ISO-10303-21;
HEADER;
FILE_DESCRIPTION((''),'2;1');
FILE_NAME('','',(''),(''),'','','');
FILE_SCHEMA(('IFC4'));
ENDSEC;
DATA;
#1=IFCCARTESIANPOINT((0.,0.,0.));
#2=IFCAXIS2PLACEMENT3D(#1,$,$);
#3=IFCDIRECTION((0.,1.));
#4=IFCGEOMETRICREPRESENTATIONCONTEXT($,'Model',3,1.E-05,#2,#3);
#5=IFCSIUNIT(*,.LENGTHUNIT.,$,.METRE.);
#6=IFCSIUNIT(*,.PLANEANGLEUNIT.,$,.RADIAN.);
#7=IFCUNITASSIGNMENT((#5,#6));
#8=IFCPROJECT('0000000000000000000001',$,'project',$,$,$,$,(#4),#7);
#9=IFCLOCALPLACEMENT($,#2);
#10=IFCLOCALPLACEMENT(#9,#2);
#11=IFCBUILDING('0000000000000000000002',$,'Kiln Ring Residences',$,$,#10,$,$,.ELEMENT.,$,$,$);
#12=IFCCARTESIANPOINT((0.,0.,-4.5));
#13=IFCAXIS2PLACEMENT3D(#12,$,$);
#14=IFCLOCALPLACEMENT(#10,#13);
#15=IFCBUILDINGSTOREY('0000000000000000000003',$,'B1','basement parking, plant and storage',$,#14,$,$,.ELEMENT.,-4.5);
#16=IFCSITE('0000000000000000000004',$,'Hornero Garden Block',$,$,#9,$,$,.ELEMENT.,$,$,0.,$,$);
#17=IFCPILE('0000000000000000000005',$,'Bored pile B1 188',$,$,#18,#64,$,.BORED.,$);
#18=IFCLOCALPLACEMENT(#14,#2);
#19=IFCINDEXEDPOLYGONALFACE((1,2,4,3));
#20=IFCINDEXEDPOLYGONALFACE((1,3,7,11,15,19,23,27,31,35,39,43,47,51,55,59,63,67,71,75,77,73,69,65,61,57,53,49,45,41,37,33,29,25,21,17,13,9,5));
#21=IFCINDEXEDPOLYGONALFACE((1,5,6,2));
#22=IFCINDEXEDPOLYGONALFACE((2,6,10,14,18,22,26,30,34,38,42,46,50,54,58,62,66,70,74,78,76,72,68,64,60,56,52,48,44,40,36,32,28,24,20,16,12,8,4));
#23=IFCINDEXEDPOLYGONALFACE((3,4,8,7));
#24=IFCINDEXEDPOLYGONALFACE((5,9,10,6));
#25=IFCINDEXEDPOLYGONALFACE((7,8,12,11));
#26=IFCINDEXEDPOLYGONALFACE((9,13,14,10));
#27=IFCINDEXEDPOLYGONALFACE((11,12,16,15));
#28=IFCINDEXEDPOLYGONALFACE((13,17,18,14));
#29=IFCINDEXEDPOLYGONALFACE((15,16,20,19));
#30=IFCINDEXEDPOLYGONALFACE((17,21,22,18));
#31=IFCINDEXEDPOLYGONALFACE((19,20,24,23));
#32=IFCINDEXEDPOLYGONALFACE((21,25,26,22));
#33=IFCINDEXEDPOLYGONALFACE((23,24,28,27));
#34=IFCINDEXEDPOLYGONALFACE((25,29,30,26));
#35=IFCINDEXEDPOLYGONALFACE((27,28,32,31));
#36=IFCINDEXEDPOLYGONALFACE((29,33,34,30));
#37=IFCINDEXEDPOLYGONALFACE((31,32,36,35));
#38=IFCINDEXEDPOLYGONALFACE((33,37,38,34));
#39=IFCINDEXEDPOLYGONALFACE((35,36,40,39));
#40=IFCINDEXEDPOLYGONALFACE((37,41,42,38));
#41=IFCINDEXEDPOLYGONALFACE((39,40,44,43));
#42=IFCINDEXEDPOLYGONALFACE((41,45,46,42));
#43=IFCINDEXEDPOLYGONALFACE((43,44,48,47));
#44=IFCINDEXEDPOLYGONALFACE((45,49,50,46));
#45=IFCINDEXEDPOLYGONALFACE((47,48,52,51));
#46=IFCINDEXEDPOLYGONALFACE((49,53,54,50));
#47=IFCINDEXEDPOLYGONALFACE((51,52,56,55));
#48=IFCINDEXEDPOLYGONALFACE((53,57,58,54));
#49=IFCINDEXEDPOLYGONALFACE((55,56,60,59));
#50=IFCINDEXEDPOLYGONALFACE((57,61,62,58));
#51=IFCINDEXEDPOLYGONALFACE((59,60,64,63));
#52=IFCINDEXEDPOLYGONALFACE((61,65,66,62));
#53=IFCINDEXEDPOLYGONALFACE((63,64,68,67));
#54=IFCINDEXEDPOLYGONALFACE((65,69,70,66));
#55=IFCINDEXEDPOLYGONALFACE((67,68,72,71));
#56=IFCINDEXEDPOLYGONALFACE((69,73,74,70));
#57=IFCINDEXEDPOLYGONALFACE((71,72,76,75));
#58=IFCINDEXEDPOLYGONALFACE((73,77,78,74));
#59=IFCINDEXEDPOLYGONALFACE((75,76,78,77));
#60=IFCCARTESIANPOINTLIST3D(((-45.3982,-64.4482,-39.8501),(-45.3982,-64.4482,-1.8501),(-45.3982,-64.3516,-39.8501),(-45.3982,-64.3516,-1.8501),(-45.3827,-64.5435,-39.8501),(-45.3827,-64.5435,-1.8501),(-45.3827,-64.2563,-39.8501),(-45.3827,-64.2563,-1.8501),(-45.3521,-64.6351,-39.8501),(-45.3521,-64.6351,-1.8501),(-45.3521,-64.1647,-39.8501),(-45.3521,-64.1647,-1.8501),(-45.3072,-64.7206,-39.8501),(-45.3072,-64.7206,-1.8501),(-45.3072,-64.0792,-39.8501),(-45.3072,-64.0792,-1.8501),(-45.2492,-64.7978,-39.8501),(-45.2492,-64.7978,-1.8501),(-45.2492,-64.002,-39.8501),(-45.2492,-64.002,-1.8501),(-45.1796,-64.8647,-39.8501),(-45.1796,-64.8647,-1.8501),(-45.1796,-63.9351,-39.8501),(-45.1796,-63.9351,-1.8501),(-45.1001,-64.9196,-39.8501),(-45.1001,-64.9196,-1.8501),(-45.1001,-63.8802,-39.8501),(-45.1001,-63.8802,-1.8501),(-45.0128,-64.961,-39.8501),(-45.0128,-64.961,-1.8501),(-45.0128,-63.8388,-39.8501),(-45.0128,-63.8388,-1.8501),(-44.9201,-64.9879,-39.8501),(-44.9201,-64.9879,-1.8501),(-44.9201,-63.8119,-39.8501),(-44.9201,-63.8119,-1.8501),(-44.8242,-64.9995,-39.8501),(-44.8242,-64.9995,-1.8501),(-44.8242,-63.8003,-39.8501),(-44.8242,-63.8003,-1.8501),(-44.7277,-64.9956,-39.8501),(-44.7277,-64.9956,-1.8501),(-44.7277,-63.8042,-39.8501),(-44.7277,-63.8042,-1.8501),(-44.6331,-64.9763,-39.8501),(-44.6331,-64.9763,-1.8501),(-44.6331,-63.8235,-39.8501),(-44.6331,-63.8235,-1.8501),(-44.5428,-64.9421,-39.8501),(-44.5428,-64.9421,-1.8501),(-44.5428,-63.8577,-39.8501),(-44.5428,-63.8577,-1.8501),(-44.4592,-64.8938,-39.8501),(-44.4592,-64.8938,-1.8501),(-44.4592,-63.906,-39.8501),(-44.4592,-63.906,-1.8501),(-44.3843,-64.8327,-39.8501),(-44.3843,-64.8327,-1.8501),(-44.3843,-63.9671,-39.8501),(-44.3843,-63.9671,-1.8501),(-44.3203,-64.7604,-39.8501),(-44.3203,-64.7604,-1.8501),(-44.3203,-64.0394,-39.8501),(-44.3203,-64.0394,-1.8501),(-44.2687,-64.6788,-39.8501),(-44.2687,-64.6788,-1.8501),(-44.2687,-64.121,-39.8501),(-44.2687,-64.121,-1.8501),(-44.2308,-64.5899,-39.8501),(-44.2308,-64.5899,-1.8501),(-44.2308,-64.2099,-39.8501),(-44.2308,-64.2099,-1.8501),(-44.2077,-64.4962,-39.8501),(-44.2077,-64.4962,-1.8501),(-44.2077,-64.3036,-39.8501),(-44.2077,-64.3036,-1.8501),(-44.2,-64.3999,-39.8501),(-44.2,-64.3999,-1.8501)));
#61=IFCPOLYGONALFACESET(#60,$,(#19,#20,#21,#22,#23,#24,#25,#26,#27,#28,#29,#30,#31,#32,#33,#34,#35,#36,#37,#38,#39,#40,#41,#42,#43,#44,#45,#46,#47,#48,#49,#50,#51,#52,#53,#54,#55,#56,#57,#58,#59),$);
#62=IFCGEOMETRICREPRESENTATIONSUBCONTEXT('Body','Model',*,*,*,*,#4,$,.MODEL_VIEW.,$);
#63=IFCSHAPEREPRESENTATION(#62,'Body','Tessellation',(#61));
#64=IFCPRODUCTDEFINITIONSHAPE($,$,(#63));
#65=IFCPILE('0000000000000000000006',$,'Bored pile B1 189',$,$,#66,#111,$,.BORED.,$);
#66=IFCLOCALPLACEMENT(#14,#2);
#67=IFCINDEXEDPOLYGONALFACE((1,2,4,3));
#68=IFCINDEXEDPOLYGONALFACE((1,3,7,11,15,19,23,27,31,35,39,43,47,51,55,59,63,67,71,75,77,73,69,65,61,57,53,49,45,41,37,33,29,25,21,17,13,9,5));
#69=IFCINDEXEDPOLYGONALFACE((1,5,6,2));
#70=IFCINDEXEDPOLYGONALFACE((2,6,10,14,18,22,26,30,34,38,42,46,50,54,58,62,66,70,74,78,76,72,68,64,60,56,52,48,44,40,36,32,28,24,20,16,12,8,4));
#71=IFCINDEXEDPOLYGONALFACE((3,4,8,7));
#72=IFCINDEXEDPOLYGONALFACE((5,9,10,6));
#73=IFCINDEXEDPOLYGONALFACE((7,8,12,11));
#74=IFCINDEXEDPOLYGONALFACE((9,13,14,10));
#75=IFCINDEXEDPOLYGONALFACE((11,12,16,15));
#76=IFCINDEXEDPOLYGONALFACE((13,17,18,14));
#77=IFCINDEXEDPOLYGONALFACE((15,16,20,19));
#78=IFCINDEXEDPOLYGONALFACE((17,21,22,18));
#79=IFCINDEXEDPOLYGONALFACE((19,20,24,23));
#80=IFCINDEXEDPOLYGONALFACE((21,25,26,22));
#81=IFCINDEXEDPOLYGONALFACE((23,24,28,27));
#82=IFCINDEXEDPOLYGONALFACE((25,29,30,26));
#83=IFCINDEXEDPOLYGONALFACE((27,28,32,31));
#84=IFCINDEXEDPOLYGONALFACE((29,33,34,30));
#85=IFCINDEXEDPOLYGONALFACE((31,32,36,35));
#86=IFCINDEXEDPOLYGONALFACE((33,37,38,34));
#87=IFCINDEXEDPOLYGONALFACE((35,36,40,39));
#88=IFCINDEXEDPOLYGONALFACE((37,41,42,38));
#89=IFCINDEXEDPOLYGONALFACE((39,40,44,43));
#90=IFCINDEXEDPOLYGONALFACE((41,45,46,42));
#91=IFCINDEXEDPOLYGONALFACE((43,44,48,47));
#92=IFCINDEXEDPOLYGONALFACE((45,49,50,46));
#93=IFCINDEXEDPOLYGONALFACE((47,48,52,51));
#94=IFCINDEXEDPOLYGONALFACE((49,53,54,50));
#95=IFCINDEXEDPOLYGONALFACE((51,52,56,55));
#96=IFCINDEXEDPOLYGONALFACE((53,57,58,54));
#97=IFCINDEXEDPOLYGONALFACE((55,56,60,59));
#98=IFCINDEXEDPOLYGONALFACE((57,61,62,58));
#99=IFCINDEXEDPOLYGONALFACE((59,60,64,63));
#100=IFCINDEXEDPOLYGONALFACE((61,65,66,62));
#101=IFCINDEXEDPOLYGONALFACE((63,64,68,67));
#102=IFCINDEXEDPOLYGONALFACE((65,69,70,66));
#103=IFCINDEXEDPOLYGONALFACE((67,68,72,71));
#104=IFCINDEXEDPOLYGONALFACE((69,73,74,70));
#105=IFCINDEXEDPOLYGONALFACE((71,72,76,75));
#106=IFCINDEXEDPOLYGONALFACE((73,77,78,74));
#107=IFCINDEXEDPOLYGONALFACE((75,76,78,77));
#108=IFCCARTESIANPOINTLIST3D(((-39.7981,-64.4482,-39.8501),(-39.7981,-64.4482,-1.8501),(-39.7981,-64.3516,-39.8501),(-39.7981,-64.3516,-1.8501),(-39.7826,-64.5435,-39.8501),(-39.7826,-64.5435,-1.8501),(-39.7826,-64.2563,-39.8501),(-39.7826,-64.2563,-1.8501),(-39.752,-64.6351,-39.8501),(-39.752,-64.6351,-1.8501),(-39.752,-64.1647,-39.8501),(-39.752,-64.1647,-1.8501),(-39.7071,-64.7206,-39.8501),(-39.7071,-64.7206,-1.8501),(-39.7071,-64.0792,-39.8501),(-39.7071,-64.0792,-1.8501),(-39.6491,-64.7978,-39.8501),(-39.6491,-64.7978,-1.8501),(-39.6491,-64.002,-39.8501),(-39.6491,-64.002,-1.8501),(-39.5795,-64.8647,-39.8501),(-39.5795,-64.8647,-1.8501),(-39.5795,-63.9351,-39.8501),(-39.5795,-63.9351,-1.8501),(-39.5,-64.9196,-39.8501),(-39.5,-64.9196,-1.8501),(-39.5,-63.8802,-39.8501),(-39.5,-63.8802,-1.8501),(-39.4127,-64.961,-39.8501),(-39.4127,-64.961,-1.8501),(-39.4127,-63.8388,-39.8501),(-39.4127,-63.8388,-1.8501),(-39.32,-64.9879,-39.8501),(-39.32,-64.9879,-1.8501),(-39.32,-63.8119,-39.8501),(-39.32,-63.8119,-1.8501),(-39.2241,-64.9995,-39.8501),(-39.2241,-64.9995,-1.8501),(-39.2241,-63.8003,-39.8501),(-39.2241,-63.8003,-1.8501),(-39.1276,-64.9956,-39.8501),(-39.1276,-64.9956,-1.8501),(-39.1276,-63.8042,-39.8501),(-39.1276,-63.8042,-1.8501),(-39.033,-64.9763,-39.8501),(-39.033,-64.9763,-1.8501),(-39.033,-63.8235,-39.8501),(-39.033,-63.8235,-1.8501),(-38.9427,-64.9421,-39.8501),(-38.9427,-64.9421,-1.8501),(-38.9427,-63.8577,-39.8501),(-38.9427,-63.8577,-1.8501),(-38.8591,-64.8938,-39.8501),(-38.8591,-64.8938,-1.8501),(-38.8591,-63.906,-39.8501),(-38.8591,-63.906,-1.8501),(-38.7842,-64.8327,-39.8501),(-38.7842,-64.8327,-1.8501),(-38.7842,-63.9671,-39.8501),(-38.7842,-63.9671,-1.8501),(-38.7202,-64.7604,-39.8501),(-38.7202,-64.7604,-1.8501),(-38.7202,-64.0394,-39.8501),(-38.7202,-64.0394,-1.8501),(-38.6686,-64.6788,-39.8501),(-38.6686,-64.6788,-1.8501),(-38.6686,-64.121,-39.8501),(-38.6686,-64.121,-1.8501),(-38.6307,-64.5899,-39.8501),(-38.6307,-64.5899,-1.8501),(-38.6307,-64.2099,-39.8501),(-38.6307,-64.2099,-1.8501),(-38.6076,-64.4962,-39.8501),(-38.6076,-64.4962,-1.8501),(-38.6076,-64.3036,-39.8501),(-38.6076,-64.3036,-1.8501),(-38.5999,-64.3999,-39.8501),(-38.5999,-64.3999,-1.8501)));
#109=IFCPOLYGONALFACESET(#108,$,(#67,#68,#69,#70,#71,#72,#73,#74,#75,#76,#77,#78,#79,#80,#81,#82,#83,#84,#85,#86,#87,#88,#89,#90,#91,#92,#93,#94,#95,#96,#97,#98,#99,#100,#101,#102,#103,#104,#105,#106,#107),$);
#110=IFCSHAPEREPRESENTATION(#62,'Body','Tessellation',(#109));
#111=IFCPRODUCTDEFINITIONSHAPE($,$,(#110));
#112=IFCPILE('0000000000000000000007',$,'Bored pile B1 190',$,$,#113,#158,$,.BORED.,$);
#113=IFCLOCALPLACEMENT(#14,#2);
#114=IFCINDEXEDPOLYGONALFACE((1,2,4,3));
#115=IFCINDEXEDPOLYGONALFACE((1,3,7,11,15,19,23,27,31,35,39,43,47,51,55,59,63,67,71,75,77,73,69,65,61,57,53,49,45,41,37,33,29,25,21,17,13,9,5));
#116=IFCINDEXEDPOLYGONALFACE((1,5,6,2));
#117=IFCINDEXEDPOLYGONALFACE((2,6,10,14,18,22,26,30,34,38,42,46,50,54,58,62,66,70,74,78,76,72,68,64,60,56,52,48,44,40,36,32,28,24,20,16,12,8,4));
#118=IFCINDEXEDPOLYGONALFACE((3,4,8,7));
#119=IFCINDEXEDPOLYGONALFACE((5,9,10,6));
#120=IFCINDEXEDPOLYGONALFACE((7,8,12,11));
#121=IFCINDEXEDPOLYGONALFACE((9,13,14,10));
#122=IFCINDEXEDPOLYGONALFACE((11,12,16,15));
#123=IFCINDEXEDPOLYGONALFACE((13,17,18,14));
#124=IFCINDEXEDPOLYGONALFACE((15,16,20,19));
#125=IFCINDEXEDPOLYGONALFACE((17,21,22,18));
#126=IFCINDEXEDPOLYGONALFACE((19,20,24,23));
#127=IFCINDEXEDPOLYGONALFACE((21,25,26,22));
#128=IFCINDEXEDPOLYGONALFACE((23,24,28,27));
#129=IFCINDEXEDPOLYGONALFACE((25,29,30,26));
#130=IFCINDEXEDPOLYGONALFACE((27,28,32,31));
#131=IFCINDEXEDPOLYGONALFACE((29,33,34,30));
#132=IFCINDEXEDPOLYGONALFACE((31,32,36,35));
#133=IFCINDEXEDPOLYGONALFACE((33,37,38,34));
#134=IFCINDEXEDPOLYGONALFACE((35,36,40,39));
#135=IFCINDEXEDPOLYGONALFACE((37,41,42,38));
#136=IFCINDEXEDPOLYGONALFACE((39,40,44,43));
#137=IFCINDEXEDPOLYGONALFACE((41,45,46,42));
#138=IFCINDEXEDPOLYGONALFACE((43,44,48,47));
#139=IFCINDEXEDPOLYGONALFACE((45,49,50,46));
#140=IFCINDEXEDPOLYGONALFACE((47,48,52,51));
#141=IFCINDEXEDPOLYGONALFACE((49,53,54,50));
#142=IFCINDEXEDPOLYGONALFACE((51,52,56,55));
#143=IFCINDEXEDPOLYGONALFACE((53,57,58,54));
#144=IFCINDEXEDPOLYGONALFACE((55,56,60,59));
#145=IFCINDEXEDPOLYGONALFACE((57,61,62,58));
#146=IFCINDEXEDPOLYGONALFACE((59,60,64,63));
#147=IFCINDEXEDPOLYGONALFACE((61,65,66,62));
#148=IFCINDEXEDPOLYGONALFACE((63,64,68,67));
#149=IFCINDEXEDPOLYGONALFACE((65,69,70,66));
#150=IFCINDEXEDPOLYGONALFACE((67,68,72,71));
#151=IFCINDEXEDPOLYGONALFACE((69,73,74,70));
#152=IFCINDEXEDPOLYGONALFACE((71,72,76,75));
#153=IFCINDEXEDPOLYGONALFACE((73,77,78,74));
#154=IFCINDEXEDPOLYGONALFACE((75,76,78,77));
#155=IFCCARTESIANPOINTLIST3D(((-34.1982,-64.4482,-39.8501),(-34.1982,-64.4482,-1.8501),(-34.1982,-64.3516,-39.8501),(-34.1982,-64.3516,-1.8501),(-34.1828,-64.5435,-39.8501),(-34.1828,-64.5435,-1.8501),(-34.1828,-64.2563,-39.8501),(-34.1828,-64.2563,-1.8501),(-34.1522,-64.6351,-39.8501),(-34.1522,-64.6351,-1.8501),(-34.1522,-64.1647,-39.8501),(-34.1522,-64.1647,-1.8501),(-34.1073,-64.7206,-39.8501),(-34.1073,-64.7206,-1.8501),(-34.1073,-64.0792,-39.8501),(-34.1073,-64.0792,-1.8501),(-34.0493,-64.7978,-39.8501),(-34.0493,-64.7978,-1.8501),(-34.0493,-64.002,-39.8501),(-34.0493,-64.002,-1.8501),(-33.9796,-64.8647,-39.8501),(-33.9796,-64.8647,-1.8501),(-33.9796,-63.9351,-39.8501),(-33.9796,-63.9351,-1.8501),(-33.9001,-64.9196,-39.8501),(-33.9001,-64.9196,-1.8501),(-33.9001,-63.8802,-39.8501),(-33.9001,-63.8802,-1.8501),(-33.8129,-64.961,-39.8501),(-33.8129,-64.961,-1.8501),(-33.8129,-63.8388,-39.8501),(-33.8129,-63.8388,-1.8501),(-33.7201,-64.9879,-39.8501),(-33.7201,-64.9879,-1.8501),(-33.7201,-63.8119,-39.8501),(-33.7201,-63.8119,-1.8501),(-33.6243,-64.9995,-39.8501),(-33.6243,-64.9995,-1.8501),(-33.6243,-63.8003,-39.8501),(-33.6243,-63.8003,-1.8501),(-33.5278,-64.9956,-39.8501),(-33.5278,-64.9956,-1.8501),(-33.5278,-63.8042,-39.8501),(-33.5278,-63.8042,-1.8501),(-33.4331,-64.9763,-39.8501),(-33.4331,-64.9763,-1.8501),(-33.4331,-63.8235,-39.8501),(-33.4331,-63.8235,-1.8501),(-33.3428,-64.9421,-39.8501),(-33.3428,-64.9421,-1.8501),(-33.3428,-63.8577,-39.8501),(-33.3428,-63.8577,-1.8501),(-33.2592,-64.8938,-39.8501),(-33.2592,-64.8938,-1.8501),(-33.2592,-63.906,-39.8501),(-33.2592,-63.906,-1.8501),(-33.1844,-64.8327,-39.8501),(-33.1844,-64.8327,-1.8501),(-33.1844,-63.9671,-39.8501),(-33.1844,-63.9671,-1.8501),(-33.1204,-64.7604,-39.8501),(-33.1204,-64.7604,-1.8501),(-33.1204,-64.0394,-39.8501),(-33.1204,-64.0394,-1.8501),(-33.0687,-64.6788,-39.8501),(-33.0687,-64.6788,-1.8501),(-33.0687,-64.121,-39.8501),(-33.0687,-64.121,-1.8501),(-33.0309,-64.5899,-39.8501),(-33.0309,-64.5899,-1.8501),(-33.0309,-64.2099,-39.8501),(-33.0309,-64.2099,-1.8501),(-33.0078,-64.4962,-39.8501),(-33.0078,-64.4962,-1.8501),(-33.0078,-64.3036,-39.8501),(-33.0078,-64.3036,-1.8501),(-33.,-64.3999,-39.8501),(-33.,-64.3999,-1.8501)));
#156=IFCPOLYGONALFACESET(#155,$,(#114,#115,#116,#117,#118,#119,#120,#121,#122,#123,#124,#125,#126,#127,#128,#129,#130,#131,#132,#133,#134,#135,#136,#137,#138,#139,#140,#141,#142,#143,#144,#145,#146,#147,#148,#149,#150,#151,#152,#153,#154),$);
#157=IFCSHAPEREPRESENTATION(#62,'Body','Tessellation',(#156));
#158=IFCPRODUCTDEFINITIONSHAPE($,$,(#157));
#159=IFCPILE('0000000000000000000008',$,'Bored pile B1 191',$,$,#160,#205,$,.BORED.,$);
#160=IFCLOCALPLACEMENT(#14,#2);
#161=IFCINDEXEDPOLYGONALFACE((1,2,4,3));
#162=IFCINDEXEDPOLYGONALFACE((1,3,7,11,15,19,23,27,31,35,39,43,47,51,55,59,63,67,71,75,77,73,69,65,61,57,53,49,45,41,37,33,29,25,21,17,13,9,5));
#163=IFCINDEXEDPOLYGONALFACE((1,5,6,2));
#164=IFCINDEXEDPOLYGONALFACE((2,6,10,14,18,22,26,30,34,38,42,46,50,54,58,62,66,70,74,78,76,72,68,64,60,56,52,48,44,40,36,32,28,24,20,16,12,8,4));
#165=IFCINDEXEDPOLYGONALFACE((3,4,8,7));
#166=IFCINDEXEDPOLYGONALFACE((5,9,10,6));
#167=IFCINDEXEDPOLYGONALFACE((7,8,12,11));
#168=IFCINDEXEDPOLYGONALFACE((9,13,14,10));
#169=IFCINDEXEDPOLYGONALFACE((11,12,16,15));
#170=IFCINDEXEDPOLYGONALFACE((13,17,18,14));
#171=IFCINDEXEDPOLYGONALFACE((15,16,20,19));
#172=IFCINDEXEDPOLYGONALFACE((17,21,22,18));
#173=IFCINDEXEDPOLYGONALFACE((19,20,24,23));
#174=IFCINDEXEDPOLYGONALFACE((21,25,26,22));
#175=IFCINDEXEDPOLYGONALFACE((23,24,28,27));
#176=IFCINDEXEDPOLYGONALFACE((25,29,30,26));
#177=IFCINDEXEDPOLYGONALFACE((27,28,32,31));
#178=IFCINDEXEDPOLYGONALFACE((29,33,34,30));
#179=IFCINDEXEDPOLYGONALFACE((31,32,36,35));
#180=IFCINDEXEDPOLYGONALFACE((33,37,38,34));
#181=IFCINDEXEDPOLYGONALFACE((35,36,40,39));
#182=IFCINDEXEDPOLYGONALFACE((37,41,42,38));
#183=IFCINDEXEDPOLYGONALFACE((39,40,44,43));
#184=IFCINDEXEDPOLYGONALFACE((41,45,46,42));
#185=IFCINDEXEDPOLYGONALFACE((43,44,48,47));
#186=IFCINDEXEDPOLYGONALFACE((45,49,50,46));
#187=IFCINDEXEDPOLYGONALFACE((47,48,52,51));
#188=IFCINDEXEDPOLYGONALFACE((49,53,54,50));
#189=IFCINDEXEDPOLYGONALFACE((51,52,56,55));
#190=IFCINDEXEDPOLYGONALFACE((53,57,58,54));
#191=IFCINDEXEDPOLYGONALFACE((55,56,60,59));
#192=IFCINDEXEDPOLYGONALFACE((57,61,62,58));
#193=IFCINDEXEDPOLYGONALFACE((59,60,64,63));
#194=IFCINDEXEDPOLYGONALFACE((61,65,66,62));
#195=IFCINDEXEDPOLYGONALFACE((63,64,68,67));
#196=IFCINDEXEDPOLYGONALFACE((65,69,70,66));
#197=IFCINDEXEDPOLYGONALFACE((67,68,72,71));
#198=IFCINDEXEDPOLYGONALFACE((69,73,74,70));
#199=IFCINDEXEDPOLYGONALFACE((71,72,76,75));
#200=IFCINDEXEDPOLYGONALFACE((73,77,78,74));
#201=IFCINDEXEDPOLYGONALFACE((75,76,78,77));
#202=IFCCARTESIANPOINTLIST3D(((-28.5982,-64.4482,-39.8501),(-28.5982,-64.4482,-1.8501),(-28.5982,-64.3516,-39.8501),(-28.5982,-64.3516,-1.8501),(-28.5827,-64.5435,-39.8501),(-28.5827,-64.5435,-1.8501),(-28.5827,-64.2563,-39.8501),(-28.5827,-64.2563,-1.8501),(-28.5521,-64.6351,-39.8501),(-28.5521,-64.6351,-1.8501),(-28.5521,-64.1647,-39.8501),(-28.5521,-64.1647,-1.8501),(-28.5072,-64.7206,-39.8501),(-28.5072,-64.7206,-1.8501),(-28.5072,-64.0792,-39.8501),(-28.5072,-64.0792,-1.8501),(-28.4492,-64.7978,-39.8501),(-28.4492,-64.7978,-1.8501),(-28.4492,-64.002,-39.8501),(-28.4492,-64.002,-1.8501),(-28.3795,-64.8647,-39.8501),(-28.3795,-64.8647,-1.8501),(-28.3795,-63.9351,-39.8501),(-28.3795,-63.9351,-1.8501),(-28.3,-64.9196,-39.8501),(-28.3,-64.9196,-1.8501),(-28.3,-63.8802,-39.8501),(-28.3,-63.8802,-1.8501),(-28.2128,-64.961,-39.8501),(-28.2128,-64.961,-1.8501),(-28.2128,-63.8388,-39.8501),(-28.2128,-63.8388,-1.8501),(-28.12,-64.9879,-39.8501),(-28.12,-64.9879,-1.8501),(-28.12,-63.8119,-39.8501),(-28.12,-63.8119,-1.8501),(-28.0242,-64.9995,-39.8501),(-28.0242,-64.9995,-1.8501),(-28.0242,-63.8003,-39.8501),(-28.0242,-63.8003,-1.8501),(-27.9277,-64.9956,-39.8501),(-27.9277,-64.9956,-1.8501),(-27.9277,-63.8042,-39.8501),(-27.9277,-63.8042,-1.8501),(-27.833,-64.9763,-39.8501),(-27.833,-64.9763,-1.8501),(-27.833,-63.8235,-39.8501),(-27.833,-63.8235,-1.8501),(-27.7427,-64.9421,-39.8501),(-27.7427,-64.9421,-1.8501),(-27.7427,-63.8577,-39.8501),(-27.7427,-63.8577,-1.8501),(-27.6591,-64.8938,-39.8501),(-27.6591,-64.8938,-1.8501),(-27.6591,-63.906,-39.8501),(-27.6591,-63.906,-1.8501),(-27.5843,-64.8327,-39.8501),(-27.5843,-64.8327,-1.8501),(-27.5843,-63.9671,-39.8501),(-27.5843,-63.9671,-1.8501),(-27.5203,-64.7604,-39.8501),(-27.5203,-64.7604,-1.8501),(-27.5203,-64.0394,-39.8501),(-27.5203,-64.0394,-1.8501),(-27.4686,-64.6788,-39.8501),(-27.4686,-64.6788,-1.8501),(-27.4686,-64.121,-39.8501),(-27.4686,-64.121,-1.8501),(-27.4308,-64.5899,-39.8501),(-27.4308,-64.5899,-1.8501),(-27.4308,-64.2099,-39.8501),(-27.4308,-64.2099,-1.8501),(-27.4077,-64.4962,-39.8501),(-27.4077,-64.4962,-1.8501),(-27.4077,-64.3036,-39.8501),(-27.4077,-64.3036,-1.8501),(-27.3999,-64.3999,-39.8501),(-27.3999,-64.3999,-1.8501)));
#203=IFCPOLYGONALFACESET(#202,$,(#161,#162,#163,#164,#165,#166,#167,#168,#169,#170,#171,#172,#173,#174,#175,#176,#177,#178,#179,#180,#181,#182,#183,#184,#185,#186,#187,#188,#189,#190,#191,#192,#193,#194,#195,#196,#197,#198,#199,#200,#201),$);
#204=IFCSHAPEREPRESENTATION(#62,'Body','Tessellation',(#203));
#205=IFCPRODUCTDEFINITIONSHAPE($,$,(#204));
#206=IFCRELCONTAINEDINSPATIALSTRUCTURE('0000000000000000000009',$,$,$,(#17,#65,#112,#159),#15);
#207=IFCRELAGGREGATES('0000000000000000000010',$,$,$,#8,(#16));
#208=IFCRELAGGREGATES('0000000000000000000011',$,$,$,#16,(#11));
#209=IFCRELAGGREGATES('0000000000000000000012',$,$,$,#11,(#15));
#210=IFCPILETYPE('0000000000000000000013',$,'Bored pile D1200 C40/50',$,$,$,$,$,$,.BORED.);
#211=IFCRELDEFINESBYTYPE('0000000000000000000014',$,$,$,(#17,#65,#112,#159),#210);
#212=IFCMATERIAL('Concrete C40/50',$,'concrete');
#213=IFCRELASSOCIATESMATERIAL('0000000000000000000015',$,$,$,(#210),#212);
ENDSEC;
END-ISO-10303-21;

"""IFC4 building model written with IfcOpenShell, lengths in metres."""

from ifc_helpers import new_model, si_unit, direction, frame, origin, origin_2d, place, context, subcontext, project, spatial, circle, extrude, material, material_profile, profile_set, type_object, element, save


model = new_model("IFC4")

# Units and contexts
model_context = context("Model", 3, precision=1e-05, world=origin(), true_north=direction((0.0, 1.0)))
body_context = subcontext(model_context, "Body", "Model", "MODEL_VIEW")
ifc_project = project(units=[si_unit("LENGTHUNIT", "METRE"), si_unit("PLANEANGLEUNIT", "RADIAN")], contexts=[model_context])

# Site, building, storey
site_placement = place(None, origin())
site = spatial("IfcSite", under=ifc_project, at=site_placement, Name="Hornero Garden Block", CompositionType="ELEMENT", RefElevation=0.0)
building_placement = place(site_placement, origin())
building = spatial("IfcBuilding", under=site, at=building_placement, Name="Kiln Ring Residences", CompositionType="ELEMENT")
storey_placement = place(building_placement, frame((0.0, 0.0, -4.5)))
storey = spatial("IfcBuildingStorey", under=building, at=storey_placement, Name="B1", Description="basement parking, plant and storage", CompositionType="ELEMENT", Elevation=-4.5)

# Piles
ifc_material_1 = material(Name="Concrete C40/50", Category="concrete")
ifc_material_profile_1 = material_profile(ifc_material_1, circle(Radius=0.6001, at=origin_2d()), Name="BORED1200")
ifc_profile_set_1 = profile_set([ifc_material_profile_1], Name="Concrete C40/50")
pile_type = type_object("IfcPileType", Name="Bored pile D1200 C40/50", PredefinedType="BORED", material=ifc_profile_set_1)
for number, where, z_axis, x_axis, name in (
    (1, (-44.8, -64.3999, -1.8501), (0.0, 0.0, -1.0), (1.0, 0.0, 0.0), "Bored pile B1 188"),
    (2, (-39.2, -64.3999, -1.8501), (0.0, 0.0, -1.0), (1.0, 0.0, 0.0), "Bored pile B1 189"),
    (3, (-33.6001, -64.3999, -1.8501), (0.0, 0.0, -1.0), (1.0, 0.0, 0.0), "Bored pile B1 190"),
    (4, (-28.0, -64.3999, -1.8501), (0.0, 0.0, -1.0), (1.0, 0.0, 0.0), "Bored pile B1 191"),
):
    element("IfcPile", number, at=place(storey_placement, frame(where, z_axis=z_axis, x_axis=x_axis)), inside=storey, type_object=pile_type, Name=name, PredefinedType="BORED", context=body_context, shape_type="SweptSolid", body=[
        extrude(circle(Radius=0.6001, at=origin_2d()), origin(), (0.0, 0.0, 1.0), 38.0),
    ])

save(model, "model.ifc")
